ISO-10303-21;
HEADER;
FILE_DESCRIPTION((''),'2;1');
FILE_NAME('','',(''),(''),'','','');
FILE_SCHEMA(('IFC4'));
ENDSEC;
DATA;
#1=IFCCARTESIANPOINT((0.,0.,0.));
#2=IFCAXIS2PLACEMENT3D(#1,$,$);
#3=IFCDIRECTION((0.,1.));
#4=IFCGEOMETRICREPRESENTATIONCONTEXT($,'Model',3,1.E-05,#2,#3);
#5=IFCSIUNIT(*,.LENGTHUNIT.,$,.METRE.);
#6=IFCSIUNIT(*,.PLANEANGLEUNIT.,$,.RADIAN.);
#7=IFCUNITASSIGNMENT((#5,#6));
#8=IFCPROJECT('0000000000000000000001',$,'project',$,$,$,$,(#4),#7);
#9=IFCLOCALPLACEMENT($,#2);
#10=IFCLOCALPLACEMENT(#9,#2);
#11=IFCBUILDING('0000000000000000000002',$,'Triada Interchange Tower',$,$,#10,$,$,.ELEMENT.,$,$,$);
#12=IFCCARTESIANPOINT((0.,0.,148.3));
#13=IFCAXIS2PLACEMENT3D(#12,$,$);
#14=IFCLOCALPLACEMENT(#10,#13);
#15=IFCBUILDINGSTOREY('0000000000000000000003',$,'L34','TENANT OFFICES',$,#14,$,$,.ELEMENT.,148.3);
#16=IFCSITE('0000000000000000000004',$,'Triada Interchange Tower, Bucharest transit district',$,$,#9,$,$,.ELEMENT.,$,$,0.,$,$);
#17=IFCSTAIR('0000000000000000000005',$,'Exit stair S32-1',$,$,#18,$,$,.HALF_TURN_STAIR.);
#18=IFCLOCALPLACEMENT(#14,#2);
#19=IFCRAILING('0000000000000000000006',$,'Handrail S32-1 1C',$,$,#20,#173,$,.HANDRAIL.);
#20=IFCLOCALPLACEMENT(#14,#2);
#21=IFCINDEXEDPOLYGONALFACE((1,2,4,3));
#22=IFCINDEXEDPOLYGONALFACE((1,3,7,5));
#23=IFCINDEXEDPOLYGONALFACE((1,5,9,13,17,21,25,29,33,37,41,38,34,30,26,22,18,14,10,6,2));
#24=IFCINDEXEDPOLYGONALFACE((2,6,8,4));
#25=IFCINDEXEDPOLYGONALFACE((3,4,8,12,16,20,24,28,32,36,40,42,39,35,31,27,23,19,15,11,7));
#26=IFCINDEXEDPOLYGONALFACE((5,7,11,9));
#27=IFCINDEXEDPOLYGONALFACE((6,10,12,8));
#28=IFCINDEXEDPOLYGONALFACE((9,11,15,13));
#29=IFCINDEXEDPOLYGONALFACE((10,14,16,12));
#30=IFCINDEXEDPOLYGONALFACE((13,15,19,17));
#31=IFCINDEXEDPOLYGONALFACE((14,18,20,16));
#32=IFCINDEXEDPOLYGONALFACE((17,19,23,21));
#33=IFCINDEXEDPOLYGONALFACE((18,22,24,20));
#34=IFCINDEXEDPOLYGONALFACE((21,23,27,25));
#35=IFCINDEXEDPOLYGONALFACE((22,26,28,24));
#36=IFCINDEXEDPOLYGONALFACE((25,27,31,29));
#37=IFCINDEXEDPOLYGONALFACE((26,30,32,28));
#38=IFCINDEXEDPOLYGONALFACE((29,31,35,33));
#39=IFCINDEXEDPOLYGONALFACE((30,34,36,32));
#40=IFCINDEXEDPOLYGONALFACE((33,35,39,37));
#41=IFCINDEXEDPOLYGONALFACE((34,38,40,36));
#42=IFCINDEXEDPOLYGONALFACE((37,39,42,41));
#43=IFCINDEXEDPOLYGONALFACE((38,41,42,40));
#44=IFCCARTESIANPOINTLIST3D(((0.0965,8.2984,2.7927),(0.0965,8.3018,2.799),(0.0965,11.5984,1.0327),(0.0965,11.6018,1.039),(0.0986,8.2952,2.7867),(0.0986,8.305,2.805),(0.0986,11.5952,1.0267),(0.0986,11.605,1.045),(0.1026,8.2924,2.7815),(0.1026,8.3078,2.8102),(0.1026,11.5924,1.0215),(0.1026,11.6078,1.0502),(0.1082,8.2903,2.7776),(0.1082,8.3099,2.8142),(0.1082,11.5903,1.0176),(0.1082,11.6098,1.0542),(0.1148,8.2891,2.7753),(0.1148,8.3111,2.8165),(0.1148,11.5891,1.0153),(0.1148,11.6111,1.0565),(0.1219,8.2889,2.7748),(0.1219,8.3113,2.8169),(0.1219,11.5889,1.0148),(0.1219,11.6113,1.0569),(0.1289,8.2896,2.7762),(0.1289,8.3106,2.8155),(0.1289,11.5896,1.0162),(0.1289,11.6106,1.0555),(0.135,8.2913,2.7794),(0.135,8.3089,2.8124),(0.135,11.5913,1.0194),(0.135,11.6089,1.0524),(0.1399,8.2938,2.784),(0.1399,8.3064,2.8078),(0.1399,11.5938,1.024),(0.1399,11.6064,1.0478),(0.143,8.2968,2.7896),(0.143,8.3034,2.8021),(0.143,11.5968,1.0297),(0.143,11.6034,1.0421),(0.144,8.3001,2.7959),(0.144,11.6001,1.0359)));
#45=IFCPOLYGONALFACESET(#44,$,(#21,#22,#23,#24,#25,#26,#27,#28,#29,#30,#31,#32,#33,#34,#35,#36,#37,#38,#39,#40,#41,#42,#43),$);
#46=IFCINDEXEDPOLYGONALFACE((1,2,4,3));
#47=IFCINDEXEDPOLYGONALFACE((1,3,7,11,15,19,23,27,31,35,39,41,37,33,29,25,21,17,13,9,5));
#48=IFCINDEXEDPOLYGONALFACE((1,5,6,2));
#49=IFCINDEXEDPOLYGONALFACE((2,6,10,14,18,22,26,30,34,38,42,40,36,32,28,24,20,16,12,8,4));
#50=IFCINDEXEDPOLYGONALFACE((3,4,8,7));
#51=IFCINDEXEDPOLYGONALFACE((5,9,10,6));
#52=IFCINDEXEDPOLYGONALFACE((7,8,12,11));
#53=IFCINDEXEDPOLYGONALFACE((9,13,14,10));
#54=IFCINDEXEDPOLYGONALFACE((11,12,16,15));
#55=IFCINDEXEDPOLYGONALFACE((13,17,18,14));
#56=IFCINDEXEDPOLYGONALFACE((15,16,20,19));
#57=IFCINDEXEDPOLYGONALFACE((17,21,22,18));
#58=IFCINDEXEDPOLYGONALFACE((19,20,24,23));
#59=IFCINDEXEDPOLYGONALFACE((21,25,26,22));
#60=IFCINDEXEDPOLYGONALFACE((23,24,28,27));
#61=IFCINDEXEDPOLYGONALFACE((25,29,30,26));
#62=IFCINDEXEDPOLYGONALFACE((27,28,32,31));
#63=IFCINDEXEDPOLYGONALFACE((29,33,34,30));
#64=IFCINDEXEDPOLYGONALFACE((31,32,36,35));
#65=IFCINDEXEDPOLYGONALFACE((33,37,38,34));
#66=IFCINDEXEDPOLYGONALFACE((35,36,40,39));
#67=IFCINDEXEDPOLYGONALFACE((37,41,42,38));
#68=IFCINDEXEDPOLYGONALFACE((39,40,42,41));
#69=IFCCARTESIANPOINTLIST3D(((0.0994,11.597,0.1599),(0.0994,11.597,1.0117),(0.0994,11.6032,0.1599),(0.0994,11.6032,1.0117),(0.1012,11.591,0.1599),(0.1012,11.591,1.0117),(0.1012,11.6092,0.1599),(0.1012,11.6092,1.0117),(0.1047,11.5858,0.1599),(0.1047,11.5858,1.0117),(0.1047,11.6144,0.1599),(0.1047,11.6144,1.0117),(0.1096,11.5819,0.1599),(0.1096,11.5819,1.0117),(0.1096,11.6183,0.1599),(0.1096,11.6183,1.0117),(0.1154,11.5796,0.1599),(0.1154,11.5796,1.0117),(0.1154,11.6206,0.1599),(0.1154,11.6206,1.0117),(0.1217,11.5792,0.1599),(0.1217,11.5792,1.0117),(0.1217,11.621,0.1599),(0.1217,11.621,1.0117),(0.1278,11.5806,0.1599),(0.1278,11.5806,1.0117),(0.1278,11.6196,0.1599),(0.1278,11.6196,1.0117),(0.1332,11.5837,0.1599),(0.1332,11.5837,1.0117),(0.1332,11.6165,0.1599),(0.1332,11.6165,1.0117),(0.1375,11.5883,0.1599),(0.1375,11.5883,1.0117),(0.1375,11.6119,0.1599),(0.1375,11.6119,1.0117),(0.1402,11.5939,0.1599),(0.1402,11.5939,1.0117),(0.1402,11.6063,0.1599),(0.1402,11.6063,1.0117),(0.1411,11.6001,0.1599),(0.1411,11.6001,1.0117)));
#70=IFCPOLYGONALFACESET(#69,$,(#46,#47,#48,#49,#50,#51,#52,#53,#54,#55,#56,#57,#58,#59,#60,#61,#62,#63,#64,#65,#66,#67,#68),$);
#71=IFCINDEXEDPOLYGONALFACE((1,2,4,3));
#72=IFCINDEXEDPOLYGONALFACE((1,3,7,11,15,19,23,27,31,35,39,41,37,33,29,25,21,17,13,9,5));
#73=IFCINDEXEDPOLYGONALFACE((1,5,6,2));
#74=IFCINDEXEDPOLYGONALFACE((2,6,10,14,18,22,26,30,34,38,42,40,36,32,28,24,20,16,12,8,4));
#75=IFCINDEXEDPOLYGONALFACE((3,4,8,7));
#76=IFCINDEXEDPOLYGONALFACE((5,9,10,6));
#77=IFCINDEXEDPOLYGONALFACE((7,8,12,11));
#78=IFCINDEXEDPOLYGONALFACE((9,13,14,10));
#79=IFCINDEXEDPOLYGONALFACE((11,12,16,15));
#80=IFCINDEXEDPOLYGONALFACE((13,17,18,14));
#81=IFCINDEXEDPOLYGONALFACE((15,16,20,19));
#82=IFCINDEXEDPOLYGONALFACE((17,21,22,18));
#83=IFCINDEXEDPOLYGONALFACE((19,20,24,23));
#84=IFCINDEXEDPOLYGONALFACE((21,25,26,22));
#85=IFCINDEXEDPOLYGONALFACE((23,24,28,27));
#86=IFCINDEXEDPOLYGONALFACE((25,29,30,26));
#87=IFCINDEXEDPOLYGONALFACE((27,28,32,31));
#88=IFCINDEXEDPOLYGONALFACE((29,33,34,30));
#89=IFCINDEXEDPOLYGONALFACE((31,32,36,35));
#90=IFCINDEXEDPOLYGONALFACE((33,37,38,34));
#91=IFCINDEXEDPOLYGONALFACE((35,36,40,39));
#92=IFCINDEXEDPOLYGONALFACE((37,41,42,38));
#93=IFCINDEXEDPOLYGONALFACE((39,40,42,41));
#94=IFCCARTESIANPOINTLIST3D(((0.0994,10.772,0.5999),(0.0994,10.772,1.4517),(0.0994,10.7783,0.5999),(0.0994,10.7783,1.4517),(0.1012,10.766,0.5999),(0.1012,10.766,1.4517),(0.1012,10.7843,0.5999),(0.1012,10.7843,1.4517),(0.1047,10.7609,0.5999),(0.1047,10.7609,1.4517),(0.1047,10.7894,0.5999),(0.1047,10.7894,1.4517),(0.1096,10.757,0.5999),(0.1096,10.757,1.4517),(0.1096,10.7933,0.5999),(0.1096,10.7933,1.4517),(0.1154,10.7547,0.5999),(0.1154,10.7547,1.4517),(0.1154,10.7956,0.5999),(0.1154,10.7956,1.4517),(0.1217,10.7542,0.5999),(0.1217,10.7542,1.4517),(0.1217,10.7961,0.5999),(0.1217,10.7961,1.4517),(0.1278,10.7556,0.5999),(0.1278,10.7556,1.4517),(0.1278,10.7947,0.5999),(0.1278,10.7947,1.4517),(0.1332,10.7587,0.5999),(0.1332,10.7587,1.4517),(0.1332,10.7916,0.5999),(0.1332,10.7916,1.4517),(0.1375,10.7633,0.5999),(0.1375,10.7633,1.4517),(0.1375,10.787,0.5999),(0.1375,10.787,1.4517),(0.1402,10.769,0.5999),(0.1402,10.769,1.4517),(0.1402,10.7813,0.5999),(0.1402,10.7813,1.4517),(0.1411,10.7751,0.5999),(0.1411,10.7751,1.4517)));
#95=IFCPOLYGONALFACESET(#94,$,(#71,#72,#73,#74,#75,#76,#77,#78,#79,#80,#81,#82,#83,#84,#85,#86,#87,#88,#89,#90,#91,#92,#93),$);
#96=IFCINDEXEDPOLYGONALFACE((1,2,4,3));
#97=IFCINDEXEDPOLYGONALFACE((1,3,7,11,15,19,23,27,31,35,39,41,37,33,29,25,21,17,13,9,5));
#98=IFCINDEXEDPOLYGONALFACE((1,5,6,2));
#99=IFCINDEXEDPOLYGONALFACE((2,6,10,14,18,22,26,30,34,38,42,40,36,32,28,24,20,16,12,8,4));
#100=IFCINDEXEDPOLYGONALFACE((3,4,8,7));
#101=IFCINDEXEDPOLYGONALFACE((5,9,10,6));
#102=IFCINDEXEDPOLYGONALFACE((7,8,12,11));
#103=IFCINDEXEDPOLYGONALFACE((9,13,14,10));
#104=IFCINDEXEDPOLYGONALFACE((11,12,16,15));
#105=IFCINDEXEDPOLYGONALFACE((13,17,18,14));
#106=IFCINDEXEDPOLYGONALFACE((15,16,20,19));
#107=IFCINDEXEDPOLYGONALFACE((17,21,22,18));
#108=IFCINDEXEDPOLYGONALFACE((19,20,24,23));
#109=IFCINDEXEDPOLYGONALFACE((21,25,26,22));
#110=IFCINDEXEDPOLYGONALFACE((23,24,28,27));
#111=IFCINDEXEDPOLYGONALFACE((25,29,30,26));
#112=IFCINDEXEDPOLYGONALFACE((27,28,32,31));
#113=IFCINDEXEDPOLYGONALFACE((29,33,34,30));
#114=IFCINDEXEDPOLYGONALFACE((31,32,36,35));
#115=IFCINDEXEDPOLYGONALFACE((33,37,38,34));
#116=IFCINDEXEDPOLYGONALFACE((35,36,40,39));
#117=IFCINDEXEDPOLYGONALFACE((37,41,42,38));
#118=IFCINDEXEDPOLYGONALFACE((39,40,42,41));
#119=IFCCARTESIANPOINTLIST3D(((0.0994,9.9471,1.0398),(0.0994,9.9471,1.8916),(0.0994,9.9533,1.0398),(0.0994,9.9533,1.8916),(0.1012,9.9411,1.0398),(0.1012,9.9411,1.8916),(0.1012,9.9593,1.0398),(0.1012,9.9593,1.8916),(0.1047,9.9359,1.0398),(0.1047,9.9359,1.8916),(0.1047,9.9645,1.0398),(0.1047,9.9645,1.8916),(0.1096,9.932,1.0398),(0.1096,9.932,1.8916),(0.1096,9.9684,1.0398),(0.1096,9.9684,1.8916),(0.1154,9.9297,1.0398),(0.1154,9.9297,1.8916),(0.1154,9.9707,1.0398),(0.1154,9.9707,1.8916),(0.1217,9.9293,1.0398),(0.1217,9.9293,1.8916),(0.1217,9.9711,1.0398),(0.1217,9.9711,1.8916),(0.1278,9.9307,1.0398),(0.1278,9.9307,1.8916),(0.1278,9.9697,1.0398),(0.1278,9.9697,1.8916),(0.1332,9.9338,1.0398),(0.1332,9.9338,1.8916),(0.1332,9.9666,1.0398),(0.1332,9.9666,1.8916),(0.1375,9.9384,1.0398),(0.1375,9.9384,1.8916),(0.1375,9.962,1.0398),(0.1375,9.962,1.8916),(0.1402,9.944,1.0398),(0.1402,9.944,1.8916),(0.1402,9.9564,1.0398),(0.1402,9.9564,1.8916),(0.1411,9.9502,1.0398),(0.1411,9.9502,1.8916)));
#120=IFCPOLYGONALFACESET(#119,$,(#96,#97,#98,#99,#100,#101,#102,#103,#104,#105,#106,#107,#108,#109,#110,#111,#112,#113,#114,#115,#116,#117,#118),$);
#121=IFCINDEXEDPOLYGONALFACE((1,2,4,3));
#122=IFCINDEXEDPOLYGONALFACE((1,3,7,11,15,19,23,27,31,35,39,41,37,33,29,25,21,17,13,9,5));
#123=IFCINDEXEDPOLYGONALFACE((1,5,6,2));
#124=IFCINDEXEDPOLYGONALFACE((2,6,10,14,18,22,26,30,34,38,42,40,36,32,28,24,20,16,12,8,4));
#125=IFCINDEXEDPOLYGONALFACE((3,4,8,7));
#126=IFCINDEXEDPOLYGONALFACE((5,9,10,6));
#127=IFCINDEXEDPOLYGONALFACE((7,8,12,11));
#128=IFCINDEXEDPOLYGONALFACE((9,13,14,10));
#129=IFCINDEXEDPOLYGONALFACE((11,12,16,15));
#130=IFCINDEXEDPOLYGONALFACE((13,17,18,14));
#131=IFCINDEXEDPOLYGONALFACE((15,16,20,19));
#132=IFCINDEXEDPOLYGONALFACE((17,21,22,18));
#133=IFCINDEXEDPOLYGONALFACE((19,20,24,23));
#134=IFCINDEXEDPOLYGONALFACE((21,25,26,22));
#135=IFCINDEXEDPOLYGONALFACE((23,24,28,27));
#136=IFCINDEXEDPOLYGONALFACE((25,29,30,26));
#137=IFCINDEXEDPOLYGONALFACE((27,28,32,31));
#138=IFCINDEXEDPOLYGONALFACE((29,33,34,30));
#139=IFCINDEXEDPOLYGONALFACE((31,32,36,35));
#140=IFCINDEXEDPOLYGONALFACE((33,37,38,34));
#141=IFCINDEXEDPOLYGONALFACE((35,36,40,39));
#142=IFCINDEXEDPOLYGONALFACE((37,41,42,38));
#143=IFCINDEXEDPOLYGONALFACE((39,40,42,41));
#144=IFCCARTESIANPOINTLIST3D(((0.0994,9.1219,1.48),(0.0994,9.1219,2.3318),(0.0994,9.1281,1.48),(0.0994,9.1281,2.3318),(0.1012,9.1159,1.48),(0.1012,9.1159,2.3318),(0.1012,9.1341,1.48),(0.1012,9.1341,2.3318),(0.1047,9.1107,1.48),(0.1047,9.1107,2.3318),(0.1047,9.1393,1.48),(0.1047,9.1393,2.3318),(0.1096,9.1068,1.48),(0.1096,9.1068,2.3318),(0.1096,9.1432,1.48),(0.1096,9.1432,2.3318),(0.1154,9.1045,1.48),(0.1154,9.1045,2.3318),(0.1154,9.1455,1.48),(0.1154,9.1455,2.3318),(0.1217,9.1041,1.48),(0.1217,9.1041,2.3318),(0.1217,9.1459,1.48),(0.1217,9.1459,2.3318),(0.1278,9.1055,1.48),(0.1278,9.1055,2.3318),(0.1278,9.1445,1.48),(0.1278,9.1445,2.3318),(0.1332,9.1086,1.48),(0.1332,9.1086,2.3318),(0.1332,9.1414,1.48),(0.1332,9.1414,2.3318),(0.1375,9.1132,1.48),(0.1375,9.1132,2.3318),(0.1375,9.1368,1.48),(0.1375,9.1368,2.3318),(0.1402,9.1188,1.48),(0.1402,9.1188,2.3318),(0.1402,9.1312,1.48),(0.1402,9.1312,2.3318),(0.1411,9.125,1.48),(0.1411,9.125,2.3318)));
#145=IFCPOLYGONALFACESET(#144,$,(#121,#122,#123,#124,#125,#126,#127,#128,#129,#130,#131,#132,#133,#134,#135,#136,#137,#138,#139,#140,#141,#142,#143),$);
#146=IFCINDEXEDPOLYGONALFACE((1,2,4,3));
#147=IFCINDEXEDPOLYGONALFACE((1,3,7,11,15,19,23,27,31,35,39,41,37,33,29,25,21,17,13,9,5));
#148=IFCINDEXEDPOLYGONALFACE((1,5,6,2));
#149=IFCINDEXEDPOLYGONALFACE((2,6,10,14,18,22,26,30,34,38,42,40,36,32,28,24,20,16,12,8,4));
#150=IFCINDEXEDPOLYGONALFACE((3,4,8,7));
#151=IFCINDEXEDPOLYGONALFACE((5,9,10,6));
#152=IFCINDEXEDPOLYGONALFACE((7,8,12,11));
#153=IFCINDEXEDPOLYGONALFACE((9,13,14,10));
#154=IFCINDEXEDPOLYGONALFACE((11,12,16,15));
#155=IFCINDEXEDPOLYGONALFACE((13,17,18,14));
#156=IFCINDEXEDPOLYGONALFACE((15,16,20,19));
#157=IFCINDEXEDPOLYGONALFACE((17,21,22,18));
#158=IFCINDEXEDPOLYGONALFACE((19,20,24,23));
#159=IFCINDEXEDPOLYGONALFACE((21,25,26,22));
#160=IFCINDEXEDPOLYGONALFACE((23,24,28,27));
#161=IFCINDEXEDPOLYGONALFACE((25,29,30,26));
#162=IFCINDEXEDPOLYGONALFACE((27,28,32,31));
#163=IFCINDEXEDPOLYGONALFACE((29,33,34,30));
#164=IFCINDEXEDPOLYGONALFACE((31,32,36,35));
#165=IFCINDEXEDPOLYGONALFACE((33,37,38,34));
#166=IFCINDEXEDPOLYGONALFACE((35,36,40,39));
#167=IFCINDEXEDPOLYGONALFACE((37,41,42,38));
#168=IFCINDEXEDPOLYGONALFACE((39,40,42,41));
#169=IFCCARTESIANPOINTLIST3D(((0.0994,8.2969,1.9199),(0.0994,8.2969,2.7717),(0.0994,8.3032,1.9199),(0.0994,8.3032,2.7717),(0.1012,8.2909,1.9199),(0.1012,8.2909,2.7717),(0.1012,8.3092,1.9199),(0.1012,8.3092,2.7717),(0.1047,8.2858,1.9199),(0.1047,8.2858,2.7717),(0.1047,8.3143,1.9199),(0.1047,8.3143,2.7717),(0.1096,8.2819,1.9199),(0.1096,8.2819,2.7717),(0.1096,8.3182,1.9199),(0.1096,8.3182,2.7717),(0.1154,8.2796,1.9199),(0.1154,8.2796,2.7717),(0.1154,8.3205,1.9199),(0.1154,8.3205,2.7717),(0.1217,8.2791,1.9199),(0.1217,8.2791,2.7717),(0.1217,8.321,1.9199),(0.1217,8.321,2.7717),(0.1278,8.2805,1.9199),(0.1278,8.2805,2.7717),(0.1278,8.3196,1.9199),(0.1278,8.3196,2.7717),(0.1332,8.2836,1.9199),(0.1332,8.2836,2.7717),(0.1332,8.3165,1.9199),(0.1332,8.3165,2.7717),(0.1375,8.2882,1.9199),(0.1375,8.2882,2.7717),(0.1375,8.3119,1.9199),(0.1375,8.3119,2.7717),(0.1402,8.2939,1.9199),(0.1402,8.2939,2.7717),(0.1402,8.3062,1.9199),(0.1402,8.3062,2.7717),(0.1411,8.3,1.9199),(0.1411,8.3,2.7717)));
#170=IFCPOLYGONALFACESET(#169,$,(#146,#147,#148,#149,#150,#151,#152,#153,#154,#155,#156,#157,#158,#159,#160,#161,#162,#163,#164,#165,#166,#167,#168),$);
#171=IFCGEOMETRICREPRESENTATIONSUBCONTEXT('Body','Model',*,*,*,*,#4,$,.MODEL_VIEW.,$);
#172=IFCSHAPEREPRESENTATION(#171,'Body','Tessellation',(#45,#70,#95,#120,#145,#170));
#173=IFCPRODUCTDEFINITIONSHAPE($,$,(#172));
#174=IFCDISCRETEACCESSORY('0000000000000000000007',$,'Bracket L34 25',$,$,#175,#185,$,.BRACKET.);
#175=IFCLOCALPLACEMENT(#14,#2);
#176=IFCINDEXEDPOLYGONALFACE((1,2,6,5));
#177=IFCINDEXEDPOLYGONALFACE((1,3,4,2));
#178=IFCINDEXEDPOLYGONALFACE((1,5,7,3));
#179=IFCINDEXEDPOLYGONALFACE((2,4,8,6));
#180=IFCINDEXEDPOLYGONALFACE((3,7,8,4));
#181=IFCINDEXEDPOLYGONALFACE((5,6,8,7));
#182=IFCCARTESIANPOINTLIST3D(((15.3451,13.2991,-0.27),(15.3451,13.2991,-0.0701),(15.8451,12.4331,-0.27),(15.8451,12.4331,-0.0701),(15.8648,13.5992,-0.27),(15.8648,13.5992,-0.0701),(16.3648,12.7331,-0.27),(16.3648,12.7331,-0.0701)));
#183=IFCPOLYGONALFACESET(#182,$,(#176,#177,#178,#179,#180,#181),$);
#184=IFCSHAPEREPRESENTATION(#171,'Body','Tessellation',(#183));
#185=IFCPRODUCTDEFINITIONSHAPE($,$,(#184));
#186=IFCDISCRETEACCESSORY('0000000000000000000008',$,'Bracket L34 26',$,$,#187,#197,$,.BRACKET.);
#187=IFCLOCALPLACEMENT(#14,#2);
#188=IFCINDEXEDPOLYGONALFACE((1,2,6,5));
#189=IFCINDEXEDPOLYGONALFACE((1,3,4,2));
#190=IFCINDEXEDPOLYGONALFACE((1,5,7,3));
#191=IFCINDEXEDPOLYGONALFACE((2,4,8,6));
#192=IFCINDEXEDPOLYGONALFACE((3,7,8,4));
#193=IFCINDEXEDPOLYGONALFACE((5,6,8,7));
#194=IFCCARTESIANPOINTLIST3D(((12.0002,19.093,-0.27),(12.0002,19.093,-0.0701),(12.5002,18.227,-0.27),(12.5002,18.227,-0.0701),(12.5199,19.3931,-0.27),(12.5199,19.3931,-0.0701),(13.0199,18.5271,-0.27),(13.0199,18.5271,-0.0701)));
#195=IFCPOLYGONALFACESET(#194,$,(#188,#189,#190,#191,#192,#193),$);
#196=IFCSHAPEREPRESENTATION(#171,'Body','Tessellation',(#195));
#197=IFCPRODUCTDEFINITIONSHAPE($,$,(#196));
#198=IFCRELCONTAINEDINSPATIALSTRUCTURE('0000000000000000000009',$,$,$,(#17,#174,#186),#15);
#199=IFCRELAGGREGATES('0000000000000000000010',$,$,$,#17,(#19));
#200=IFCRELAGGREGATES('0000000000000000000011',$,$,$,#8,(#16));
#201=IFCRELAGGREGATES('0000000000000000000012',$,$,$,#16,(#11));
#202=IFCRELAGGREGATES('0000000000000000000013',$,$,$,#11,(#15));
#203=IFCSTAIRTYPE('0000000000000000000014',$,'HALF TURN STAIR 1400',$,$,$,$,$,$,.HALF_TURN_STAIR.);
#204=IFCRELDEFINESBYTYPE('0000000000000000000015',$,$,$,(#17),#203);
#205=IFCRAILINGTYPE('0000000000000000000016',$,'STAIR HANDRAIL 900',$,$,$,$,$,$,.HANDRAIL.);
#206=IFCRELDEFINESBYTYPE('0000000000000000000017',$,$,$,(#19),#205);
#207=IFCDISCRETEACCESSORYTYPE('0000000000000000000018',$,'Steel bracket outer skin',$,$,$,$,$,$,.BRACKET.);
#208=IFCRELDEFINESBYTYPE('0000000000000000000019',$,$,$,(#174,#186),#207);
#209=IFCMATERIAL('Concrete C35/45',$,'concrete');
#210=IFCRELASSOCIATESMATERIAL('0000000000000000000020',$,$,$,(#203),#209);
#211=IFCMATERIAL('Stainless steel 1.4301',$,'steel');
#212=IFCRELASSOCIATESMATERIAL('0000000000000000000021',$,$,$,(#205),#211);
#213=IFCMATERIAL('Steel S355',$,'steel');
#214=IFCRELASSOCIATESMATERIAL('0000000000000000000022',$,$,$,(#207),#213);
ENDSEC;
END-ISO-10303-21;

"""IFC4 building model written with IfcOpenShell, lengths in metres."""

from ifc_helpers import new_model, si_unit, direction, frame, origin, origin_2d, place, context, subcontext, project, spatial, rectangle, circle, extrude, material, type_object, element, aggregate, save


model = new_model("IFC4")

# Units and contexts
model_context = context("Model", 3, precision=1e-05, world=origin(), true_north=direction((0.0, 1.0)))
body_context = subcontext(model_context, "Body", "Model", "MODEL_VIEW")
ifc_project = project(units=[si_unit("LENGTHUNIT", "METRE"), si_unit("PLANEANGLEUNIT", "RADIAN")], contexts=[model_context])

# Site, building, storey
site_placement = place(None, origin())
site = spatial("IfcSite", under=ifc_project, at=site_placement, Name="Triada Interchange Tower, Bucharest transit district", CompositionType="ELEMENT", RefElevation=0.0)
building_placement = place(site_placement, origin())
building = spatial("IfcBuilding", under=site, at=building_placement, Name="Triada Interchange Tower", CompositionType="ELEMENT")
storey_placement = place(building_placement, frame((0.0, 0.0, 148.3)))
storey = spatial("IfcBuildingStorey", under=building, at=storey_placement, Name="L34", Description="TENANT OFFICES", CompositionType="ELEMENT", Elevation=148.3)

# Stair
ifc_material_1 = material(Name="Concrete C35/45", Category="concrete")
stair_type = type_object("IfcStairType", Name="HALF TURN STAIR 1400", PredefinedType="HALF_TURN_STAIR", material=ifc_material_1)
stair_placement = place(storey_placement, origin())
stair = element("IfcStair", 1, at=stair_placement, inside=storey, type_object=stair_type, Name="Exit stair S32-1", PredefinedType="HALF_TURN_STAIR")

# Railing
ifc_material_2 = material(Name="Stainless steel 1.4301", Category="steel")
railing_type = type_object("IfcRailingType", Name="STAIR HANDRAIL 900", PredefinedType="HANDRAIL", material=ifc_material_2)
railing_1_placement = place(storey_placement, frame((0.1201, 11.6001, 0.1599)))
railing_1 = element("IfcRailing", 2, at=railing_1_placement, type_object=railing_type, Name="Handrail S32-1 1C", PredefinedType="HANDRAIL", context=body_context, shape_type="SweptSolid", body=[
    extrude(circle(Radius=0.0239, at=origin_2d()), frame((0.0, 0.0, 0.876), z_axis=(0.0, -0.882355, 0.470585), x_axis=(1.0, 0.0, 0.0)), (0.0, 0.0, 1.0), 3.74),
    extrude(circle(Radius=0.021, at=origin_2d()), origin(), (0.0, 0.0, 1.0), 0.8518),
    extrude(circle(Radius=0.021, at=origin_2d()), frame((0.0, -0.825, 0.4399)), (0.0, 0.0, 1.0), 0.8518),
    extrude(circle(Radius=0.021, at=origin_2d()), frame((0.0, -1.6499, 0.8799)), (0.0, 0.0, 1.0), 0.8518),
    extrude(circle(Radius=0.021, at=origin_2d()), frame((0.0, -2.4751, 1.3201)), (0.0, 0.0, 1.0), 0.8518),
    extrude(circle(Radius=0.021, at=origin_2d()), frame((0.0, -3.3, 1.76)), (0.0, 0.0, 1.0), 0.8518),
])
aggregate(stair, [railing_1])

# Discrete accessories
ifc_material_3 = material(Name="Steel S355", Category="steel")
discrete_accessory_type = type_object("IfcDiscreteAccessoryType", Name="Steel bracket outer skin", PredefinedType="BRACKET", material=ifc_material_3)
for number, where, z_axis, x_axis, name in (
    (3, (15.855, 13.0161, -0.27), (0.0, 0.0, 1.0), (0.866021, 0.500007, 0.0), "Bracket L34 25"),
    (4, (12.51, 18.8101, -0.27), (0.0, 0.0, 1.0), (0.866021, 0.500007, 0.0), "Bracket L34 26"),
):
    element("IfcDiscreteAccessory", number, at=place(storey_placement, frame(where, z_axis=z_axis, x_axis=x_axis)), inside=storey, type_object=discrete_accessory_type, Name=name, PredefinedType="BRACKET", context=body_context, shape_type="SweptSolid", body=[
        extrude(rectangle(XDim=0.6001, YDim=1.0, at=origin_2d()), origin(), (0.0, 0.0, 1.0), 0.2),
    ])

save(model, "model.ifc")
